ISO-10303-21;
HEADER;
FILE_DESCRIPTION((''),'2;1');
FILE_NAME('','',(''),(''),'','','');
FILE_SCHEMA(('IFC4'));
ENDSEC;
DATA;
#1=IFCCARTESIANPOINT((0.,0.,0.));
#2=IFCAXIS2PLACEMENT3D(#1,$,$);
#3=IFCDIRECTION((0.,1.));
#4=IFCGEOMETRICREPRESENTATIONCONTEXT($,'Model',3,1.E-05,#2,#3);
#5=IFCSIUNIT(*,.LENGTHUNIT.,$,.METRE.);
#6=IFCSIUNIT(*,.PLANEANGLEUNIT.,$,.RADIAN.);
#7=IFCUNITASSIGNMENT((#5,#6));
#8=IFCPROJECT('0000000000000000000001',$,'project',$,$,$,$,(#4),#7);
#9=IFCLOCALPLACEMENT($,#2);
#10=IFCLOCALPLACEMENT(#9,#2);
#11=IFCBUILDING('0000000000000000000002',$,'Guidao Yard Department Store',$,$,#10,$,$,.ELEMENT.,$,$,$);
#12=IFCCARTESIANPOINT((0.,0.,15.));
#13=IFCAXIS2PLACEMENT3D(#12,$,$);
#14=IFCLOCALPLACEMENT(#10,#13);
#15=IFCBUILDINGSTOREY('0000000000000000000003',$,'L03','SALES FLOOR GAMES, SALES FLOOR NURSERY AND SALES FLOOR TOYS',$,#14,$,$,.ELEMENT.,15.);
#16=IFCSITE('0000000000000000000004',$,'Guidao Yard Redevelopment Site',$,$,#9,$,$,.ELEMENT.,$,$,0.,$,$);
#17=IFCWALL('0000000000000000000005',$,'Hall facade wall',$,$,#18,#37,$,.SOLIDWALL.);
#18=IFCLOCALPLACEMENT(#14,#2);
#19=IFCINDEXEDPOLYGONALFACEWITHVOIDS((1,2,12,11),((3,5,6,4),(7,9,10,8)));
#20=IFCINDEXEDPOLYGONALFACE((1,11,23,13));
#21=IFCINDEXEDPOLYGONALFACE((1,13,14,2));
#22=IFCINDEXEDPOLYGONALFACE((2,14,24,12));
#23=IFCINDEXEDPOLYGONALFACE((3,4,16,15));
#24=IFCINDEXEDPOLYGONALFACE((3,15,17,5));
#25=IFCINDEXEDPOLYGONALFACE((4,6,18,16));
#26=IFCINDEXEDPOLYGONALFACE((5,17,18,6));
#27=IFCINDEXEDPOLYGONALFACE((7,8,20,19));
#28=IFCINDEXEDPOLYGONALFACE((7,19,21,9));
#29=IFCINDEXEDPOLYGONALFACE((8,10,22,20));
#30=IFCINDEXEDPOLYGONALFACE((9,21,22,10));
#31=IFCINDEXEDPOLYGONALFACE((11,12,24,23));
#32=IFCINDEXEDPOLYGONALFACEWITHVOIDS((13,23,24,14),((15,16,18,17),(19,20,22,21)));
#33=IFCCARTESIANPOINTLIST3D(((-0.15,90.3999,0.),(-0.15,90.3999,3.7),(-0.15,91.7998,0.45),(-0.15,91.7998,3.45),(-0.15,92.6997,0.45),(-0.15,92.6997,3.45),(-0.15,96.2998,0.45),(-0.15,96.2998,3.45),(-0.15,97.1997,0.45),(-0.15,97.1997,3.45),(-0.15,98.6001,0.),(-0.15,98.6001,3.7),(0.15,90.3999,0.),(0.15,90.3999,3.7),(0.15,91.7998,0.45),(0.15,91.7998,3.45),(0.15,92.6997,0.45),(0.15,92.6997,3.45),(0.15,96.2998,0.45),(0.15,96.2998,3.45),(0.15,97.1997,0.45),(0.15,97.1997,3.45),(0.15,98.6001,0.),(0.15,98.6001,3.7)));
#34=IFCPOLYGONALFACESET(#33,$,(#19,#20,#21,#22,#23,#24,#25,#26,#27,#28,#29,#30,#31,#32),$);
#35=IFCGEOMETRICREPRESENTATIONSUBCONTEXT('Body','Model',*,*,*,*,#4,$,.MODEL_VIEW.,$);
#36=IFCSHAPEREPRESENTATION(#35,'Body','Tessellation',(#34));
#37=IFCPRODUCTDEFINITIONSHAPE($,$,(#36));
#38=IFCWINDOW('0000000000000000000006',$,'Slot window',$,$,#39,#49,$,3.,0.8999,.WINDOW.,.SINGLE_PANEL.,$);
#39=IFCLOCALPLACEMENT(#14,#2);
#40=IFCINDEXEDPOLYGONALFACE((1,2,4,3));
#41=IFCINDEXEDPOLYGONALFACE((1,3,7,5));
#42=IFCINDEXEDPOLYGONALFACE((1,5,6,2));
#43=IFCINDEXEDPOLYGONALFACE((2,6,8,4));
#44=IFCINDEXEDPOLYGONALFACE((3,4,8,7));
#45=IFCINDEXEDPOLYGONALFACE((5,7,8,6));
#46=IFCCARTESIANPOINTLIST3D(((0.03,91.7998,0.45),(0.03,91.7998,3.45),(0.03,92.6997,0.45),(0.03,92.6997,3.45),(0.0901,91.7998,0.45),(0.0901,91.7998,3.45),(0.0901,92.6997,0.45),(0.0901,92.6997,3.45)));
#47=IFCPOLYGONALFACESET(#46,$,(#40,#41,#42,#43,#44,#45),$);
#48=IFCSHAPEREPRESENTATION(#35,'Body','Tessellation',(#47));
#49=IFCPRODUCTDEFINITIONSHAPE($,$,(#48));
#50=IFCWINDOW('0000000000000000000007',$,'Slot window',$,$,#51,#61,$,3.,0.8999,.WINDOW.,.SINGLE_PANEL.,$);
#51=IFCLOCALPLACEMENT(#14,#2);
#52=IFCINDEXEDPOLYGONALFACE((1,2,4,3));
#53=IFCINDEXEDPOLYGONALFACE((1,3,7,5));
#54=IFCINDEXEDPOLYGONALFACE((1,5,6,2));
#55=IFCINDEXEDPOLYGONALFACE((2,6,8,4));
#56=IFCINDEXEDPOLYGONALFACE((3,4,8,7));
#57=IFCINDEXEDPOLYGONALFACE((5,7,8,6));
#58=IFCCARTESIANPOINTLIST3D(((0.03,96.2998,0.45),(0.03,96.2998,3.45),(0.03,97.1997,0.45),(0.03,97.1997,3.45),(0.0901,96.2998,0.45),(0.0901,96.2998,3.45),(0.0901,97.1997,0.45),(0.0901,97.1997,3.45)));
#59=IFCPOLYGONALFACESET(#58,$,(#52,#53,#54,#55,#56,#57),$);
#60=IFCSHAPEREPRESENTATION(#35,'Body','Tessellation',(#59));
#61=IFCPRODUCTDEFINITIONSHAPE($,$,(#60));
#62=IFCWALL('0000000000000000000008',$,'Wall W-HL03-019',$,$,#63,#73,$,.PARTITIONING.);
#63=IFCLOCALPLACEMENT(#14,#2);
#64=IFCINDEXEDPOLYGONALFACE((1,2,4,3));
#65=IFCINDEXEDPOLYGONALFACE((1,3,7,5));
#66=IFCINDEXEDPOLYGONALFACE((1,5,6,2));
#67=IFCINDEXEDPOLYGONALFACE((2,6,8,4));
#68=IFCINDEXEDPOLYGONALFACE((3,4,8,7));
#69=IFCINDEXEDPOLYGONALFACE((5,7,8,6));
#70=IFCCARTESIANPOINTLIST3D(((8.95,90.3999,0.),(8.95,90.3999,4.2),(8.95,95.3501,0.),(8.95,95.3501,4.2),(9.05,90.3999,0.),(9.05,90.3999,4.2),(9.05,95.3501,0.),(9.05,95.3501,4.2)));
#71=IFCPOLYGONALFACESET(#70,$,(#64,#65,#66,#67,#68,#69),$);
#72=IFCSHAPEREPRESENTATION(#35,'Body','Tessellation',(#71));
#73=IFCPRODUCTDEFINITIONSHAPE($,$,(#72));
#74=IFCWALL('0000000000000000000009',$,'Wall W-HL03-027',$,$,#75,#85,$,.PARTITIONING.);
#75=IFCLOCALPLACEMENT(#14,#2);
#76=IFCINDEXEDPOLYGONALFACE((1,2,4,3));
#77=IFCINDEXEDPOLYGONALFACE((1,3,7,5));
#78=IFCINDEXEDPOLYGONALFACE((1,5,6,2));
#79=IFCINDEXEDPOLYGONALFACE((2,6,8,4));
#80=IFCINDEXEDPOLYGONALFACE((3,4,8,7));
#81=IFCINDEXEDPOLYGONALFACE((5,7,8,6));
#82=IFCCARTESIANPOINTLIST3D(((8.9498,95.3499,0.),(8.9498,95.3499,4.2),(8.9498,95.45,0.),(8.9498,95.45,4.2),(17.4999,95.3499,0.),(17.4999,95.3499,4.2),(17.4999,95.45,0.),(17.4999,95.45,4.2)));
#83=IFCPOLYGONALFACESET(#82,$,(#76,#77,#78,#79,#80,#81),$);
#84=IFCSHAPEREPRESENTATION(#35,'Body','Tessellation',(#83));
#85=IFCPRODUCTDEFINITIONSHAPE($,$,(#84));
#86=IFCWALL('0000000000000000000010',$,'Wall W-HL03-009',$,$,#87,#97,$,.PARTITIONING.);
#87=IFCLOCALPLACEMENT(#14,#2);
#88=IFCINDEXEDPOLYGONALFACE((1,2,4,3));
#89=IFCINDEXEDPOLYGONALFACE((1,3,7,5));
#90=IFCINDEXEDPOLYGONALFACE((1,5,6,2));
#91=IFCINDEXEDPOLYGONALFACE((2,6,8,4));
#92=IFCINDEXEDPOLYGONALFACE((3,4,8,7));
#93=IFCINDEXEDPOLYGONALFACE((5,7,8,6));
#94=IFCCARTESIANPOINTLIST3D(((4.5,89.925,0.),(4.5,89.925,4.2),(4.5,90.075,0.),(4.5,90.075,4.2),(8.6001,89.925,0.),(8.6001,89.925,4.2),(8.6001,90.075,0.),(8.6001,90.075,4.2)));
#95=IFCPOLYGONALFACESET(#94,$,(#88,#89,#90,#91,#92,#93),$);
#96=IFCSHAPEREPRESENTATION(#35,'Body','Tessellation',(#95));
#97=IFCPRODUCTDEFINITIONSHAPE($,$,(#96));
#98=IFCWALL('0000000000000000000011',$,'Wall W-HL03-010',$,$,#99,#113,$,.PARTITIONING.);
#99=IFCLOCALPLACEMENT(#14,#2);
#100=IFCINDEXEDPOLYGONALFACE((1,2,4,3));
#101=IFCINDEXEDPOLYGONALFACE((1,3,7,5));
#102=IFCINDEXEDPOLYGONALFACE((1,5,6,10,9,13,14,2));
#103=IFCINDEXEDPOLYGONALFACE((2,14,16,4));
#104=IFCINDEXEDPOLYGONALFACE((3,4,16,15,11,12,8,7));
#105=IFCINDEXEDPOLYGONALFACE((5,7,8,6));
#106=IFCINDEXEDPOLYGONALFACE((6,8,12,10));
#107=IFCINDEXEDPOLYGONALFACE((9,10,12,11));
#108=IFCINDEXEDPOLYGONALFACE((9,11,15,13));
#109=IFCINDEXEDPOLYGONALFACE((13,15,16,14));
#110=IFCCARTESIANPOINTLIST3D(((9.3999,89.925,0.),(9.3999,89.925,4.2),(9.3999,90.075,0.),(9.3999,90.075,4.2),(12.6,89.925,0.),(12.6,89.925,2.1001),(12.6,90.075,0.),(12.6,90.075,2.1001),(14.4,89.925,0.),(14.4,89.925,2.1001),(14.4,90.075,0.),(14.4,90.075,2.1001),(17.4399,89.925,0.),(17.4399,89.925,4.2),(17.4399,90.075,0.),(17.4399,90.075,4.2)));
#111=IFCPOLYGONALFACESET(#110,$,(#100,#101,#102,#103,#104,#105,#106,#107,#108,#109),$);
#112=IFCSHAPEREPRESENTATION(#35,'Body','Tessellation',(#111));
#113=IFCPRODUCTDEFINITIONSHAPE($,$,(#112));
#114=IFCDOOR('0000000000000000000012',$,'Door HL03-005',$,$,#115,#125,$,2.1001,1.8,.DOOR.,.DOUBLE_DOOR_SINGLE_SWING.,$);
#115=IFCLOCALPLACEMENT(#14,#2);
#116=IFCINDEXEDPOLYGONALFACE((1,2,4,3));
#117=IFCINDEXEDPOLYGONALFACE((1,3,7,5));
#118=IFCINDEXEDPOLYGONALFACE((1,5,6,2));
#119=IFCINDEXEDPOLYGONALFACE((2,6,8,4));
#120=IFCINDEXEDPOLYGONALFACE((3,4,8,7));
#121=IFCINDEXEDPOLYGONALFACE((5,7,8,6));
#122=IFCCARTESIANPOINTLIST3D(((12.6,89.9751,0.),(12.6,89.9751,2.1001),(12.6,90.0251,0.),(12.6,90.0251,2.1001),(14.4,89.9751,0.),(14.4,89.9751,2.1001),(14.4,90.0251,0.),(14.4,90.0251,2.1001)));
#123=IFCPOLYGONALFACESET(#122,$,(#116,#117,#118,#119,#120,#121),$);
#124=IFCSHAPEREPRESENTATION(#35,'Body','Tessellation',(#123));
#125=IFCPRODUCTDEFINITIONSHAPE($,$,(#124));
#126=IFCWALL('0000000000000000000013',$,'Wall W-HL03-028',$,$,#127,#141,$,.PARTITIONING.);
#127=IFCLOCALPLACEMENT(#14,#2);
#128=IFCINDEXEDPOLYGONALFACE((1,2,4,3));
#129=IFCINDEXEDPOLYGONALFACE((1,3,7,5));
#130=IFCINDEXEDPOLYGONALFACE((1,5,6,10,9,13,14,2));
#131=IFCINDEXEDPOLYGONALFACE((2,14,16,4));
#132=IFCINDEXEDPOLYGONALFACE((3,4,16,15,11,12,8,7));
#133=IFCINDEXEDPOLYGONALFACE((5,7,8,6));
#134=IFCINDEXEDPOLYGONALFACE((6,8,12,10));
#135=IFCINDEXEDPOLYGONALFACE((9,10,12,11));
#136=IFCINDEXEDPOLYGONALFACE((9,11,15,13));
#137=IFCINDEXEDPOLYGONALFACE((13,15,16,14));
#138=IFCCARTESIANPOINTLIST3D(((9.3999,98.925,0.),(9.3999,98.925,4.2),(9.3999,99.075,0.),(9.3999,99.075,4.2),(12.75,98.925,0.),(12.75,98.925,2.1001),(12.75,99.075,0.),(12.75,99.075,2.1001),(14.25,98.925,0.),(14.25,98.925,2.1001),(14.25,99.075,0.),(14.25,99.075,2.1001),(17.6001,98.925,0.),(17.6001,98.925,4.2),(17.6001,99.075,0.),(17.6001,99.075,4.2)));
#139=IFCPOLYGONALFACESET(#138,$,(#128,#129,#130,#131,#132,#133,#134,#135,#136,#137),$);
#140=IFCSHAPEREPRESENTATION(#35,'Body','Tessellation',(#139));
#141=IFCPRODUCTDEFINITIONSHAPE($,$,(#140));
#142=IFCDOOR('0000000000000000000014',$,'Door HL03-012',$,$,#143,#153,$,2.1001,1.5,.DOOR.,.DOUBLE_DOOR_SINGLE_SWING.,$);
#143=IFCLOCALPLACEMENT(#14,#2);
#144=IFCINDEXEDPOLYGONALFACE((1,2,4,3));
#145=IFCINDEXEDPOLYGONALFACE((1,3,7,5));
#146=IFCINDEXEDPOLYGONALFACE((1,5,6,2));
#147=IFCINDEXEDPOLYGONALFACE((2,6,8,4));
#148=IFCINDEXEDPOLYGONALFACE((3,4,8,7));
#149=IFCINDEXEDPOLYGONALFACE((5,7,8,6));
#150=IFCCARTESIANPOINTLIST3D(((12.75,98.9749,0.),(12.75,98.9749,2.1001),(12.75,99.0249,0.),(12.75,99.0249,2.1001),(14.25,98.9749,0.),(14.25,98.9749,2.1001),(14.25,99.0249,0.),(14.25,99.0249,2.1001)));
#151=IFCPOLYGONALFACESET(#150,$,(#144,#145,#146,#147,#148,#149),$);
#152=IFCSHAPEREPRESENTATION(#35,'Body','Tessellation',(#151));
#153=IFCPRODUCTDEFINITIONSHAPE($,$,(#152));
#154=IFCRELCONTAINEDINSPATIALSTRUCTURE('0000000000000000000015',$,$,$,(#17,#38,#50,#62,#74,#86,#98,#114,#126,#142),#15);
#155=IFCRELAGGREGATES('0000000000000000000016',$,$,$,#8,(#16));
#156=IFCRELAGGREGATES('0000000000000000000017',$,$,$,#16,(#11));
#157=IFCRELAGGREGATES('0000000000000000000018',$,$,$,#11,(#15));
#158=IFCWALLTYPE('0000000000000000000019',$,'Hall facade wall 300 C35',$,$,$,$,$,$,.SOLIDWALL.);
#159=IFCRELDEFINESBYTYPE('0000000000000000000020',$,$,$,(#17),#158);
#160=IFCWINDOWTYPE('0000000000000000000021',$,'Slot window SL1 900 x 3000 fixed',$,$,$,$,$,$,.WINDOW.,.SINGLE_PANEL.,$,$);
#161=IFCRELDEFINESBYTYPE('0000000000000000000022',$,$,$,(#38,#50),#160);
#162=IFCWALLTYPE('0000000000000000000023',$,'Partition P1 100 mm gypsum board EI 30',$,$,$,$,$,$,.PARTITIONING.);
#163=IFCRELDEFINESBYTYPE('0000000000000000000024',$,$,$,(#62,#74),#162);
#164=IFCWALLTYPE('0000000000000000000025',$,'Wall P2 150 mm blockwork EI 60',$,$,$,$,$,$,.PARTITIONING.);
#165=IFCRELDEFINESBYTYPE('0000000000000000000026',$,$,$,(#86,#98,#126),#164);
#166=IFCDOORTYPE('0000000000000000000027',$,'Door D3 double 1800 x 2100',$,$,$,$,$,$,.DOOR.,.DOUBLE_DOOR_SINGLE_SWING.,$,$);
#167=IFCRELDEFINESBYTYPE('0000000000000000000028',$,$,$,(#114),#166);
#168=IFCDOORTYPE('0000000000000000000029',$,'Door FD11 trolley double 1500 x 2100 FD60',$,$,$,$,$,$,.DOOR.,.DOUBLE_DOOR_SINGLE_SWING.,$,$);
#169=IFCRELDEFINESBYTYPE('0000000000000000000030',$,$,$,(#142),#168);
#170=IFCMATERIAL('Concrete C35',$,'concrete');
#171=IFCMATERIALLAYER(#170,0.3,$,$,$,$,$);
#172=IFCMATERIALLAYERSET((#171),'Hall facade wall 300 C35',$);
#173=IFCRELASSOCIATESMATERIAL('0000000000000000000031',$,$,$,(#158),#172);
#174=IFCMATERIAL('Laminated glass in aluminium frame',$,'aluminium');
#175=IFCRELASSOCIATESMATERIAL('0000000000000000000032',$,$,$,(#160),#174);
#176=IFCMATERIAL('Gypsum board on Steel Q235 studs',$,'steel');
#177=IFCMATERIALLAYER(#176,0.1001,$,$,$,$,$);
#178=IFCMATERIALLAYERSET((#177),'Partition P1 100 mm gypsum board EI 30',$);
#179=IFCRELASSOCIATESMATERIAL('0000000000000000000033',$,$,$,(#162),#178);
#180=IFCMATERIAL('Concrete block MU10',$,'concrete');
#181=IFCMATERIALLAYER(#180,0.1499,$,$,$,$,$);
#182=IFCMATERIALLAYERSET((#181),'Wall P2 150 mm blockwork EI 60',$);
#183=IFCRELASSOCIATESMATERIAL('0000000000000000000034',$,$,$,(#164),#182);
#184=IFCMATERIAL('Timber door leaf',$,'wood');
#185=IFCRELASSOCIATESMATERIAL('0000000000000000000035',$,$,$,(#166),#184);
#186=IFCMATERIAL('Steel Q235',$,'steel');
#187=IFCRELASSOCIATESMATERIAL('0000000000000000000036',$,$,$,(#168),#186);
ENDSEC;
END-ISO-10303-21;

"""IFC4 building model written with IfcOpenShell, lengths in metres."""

from ifc_helpers import new_model, si_unit, direction, frame, frame_2d, origin, place, context, subcontext, project, spatial, rectangle, extrude, material, layer, layer_set, type_object, element, fill, save


model = new_model("IFC4")

# Units and contexts
model_context = context("Model", 3, precision=1e-05, world=origin(), true_north=direction((0.0, 1.0)))
body_context = subcontext(model_context, "Body", "Model", "MODEL_VIEW")
ifc_project = project(units=[si_unit("LENGTHUNIT", "METRE"), si_unit("PLANEANGLEUNIT", "RADIAN")], contexts=[model_context])

# Site, building, storey
site_placement = place(None, origin())
site = spatial("IfcSite", under=ifc_project, at=site_placement, Name="Guidao Yard Redevelopment Site", CompositionType="ELEMENT", RefElevation=0.0)
building_placement = place(site_placement, origin())
building = spatial("IfcBuilding", under=site, at=building_placement, Name="Guidao Yard Department Store", CompositionType="ELEMENT")
storey_placement = place(building_placement, frame((0.0, 0.0, 15.0)))
storey = spatial("IfcBuildingStorey", under=building, at=storey_placement, Name="L03", Description="SALES FLOOR GAMES, SALES FLOOR NURSERY AND SALES FLOOR TOYS", CompositionType="ELEMENT", Elevation=15.0)

# Wall, openings, windows
ifc_material_1 = material(Name="Concrete C35", Category="concrete")
ifc_layer_1 = layer(ifc_material_1, 0.3)
ifc_layer_set_1 = layer_set([ifc_layer_1], Name="Hall facade wall 300 C35")
wall_type_1 = type_object("IfcWallType", Name="Hall facade wall 300 C35", PredefinedType="SOLIDWALL", material=ifc_layer_set_1)
wall_1_placement = place(storey_placement, frame((0.0, 90.3999, 0.0), z_axis=(0.0, 0.0, 1.0), x_axis=(0.0, 1.0, 0.0)))
wall_1 = element("IfcWall", 1, at=wall_1_placement, inside=storey, type_object=wall_type_1, Name="Hall facade wall", PredefinedType="SOLIDWALL", context=body_context, shape_type="SweptSolid", body=[
    extrude(rectangle(XDim=8.2002, YDim=0.3, at=frame_2d((4.1001, 0.0))), origin(), (0.0, 0.0, 1.0), 3.7),
])
opening_1_placement = place(wall_1_placement, frame((1.3999, 0.0, 0.45)))
opening_1 = element("IfcOpeningElement", 2, at=opening_1_placement, cuts=wall_1, PredefinedType="OPENING", context=body_context, shape_type="SweptSolid", body=[
    extrude(rectangle(XDim=0.8999, YDim=3.0, at=frame_2d((0.45, 1.5))), frame((0.0, 0.1599, 0.0), z_axis=(0.0, -1.0, 0.0), x_axis=(1.0, 0.0, 0.0)), (0.0, 0.0, 1.0), 0.3201),
])
opening_2_placement = place(wall_1_placement, frame((5.8999, 0.0, 0.45)))
opening_2 = element("IfcOpeningElement", 3, at=opening_2_placement, cuts=wall_1, PredefinedType="OPENING", context=body_context, shape_type="SweptSolid", body=[
    extrude(rectangle(XDim=0.8999, YDim=3.0, at=frame_2d((0.45, 1.5))), frame((0.0, 0.1599, 0.0), z_axis=(0.0, -1.0, 0.0), x_axis=(1.0, 0.0, 0.0)), (0.0, 0.0, 1.0), 0.3201),
])
ifc_material_2 = material(Name="Laminated glass in aluminium frame", Category="aluminium")
window_type = type_object("IfcWindowType", Name="Slot window SL1 900 x 3000 fixed", PartitioningType="SINGLE_PANEL", PredefinedType="WINDOW", material=ifc_material_2)
window_1_placement = place(opening_1_placement, origin())
window_1 = element("IfcWindow", 4, at=window_1_placement, inside=storey, type_object=window_type, Name="Slot window", OverallHeight=3.0, OverallWidth=0.8999, PartitioningType="SINGLE_PANEL", PredefinedType="WINDOW", context=body_context, shape_type="SweptSolid", body=[
    extrude(rectangle(XDim=0.8999, YDim=3.0, at=frame_2d((0.45, 1.5))), frame((0.0, -0.03, 0.0), z_axis=(0.0, -1.0, 0.0), x_axis=(1.0, 0.0, 0.0)), (0.0, 0.0, 1.0), 0.0601),
])
fill(opening_1, window_1)
window_2_placement = place(opening_2_placement, origin())
window_2 = element("IfcWindow", 5, at=window_2_placement, inside=storey, type_object=window_type, Name="Slot window", OverallHeight=3.0, OverallWidth=0.8999, PartitioningType="SINGLE_PANEL", PredefinedType="WINDOW", context=body_context, shape_type="SweptSolid", body=[
    extrude(rectangle(XDim=0.8999, YDim=3.0, at=frame_2d((0.45, 1.5))), frame((0.0, -0.03, 0.0), z_axis=(0.0, -1.0, 0.0), x_axis=(1.0, 0.0, 0.0)), (0.0, 0.0, 1.0), 0.0601),
])
fill(opening_2, window_2)

# Walls
ifc_material_3 = material(Name="Gypsum board on Steel Q235 studs", Category="steel")
ifc_layer_2 = layer(ifc_material_3, 0.1001)
ifc_layer_set_2 = layer_set([ifc_layer_2], Name="Partition P1 100 mm gypsum board EI 30")
wall_type_2 = type_object("IfcWallType", Name="Partition P1 100 mm gypsum board EI 30", PredefinedType="PARTITIONING", material=ifc_layer_set_2)
wall_2_placement = place(storey_placement, frame((9.0, 90.3999, 0.0), z_axis=(0.0, 0.0, 1.0), x_axis=(0.0, 1.0, 0.0)))
element("IfcWall", 6, at=wall_2_placement, inside=storey, type_object=wall_type_2, Name="Wall W-HL03-019", PredefinedType="PARTITIONING", context=body_context, shape_type="SweptSolid", body=[
    extrude(rectangle(XDim=4.9502, YDim=0.1001, at=frame_2d((2.4751, 0.0))), origin(), (0.0, 0.0, 1.0), 4.2),
])
wall_3_placement = place(storey_placement, frame((8.95, 95.3999, 0.0), z_axis=(0.0, 0.0, 1.0), x_axis=(1.0, 0.0, 0.0)))
element("IfcWall", 7, at=wall_3_placement, inside=storey, type_object=wall_type_2, Name="Wall W-HL03-027", PredefinedType="PARTITIONING", context=body_context, shape_type="SweptSolid", body=[
    extrude(rectangle(XDim=8.55, YDim=0.1001, at=frame_2d((4.2749, 0.0))), origin(), (0.0, 0.0, 1.0), 4.2),
])
ifc_material_4 = material(Name="Concrete block MU10", Category="concrete")
ifc_layer_3 = layer(ifc_material_4, 0.1499)
ifc_layer_set_3 = layer_set([ifc_layer_3], Name="Wall P2 150 mm blockwork EI 60")
wall_type_3 = type_object("IfcWallType", Name="Wall P2 150 mm blockwork EI 60", PredefinedType="PARTITIONING", material=ifc_layer_set_3)
wall_4_placement = place(storey_placement, frame((4.5, 90.0, 0.0), z_axis=(0.0, 0.0, 1.0), x_axis=(1.0, 0.0, 0.0)))
element("IfcWall", 8, at=wall_4_placement, inside=storey, type_object=wall_type_3, Name="Wall W-HL03-009", PredefinedType="PARTITIONING", context=body_context, shape_type="SweptSolid", body=[
    extrude(rectangle(XDim=4.1001, YDim=0.1499, at=frame_2d((2.05, 0.0))), origin(), (0.0, 0.0, 1.0), 4.2),
])

# Walls, openings, doors
wall_5_placement = place(storey_placement, frame((9.3999, 90.0, 0.0), z_axis=(0.0, 0.0, 1.0), x_axis=(1.0, 0.0, 0.0)))
wall_5 = element("IfcWall", 9, at=wall_5_placement, inside=storey, type_object=wall_type_3, Name="Wall W-HL03-010", PredefinedType="PARTITIONING", context=body_context, shape_type="SweptSolid", body=[
    extrude(rectangle(XDim=8.04, YDim=0.1499, at=frame_2d((4.02, 0.0))), origin(), (0.0, 0.0, 1.0), 4.2),
])
opening_3_placement = place(wall_5_placement, frame((5.0, 0.0, 0.0), z_axis=(0.0, 0.0, 1.0), x_axis=(-1.0, 0.0, 0.0)))
opening_3 = element("IfcOpeningElement", 10, at=opening_3_placement, cuts=wall_5, PredefinedType="OPENING", context=body_context, shape_type="SweptSolid", body=[
    extrude(rectangle(XDim=1.8, YDim=2.1001, at=frame_2d((0.8999, 1.05))), frame((0.0, 0.085, 0.0), z_axis=(0.0, -1.0, 0.0), x_axis=(1.0, 0.0, 0.0)), (0.0, 0.0, 1.0), 0.1699),
])
ifc_material_5 = material(Name="Timber door leaf", Category="wood")
door_type_1 = type_object("IfcDoorType", Name="Door D3 double 1800 x 2100", OperationType="DOUBLE_DOOR_SINGLE_SWING", PredefinedType="DOOR", material=ifc_material_5)
door_1_placement = place(opening_3_placement, origin())
door_1 = element("IfcDoor", 11, at=door_1_placement, inside=storey, type_object=door_type_1, Name="Door HL03-005", OperationType="DOUBLE_DOOR_SINGLE_SWING", OverallHeight=2.1001, OverallWidth=1.8, PredefinedType="DOOR", context=body_context, shape_type="SweptSolid", body=[
    extrude(rectangle(XDim=1.8, YDim=2.1001, at=frame_2d((0.8999, 1.05))), frame((0.0, 0.0249, 0.0), z_axis=(0.0, -1.0, 0.0), x_axis=(1.0, 0.0, 0.0)), (0.0, 0.0, 1.0), 0.05),
])
fill(opening_3, door_1)
wall_6_placement = place(storey_placement, frame((9.3999, 99.0, 0.0), z_axis=(0.0, 0.0, 1.0), x_axis=(1.0, 0.0, 0.0)))
wall_6 = element("IfcWall", 12, at=wall_6_placement, inside=storey, type_object=wall_type_3, Name="Wall W-HL03-028", PredefinedType="PARTITIONING", context=body_context, shape_type="SweptSolid", body=[
    extrude(rectangle(XDim=8.2002, YDim=0.1499, at=frame_2d((4.1001, 0.0))), origin(), (0.0, 0.0, 1.0), 4.2),
])
opening_4_placement = place(wall_6_placement, frame((3.3501, 0.0, 0.0)))
opening_4 = element("IfcOpeningElement", 13, at=opening_4_placement, cuts=wall_6, PredefinedType="OPENING", context=body_context, shape_type="SweptSolid", body=[
    extrude(rectangle(XDim=1.5, YDim=2.1001, at=frame_2d((0.75, 1.05))), frame((0.0, 0.085, 0.0), z_axis=(0.0, -1.0, 0.0), x_axis=(1.0, 0.0, 0.0)), (0.0, 0.0, 1.0), 0.1699),
])
ifc_material_6 = material(Name="Steel Q235", Category="steel")
door_type_2 = type_object("IfcDoorType", Name="Door FD11 trolley double 1500 x 2100 FD60", OperationType="DOUBLE_DOOR_SINGLE_SWING", PredefinedType="DOOR", material=ifc_material_6)
door_2_placement = place(opening_4_placement, origin())
door_2 = element("IfcDoor", 14, at=door_2_placement, inside=storey, type_object=door_type_2, Name="Door HL03-012", OperationType="DOUBLE_DOOR_SINGLE_SWING", OverallHeight=2.1001, OverallWidth=1.5, PredefinedType="DOOR", context=body_context, shape_type="SweptSolid", body=[
    extrude(rectangle(XDim=1.5, YDim=2.1001, at=frame_2d((0.75, 1.05))), frame((0.0, 0.0249, 0.0), z_axis=(0.0, -1.0, 0.0), x_axis=(1.0, 0.0, 0.0)), (0.0, 0.0, 1.0), 0.05),
])
fill(opening_4, door_2)

save(model, "model.ifc")
